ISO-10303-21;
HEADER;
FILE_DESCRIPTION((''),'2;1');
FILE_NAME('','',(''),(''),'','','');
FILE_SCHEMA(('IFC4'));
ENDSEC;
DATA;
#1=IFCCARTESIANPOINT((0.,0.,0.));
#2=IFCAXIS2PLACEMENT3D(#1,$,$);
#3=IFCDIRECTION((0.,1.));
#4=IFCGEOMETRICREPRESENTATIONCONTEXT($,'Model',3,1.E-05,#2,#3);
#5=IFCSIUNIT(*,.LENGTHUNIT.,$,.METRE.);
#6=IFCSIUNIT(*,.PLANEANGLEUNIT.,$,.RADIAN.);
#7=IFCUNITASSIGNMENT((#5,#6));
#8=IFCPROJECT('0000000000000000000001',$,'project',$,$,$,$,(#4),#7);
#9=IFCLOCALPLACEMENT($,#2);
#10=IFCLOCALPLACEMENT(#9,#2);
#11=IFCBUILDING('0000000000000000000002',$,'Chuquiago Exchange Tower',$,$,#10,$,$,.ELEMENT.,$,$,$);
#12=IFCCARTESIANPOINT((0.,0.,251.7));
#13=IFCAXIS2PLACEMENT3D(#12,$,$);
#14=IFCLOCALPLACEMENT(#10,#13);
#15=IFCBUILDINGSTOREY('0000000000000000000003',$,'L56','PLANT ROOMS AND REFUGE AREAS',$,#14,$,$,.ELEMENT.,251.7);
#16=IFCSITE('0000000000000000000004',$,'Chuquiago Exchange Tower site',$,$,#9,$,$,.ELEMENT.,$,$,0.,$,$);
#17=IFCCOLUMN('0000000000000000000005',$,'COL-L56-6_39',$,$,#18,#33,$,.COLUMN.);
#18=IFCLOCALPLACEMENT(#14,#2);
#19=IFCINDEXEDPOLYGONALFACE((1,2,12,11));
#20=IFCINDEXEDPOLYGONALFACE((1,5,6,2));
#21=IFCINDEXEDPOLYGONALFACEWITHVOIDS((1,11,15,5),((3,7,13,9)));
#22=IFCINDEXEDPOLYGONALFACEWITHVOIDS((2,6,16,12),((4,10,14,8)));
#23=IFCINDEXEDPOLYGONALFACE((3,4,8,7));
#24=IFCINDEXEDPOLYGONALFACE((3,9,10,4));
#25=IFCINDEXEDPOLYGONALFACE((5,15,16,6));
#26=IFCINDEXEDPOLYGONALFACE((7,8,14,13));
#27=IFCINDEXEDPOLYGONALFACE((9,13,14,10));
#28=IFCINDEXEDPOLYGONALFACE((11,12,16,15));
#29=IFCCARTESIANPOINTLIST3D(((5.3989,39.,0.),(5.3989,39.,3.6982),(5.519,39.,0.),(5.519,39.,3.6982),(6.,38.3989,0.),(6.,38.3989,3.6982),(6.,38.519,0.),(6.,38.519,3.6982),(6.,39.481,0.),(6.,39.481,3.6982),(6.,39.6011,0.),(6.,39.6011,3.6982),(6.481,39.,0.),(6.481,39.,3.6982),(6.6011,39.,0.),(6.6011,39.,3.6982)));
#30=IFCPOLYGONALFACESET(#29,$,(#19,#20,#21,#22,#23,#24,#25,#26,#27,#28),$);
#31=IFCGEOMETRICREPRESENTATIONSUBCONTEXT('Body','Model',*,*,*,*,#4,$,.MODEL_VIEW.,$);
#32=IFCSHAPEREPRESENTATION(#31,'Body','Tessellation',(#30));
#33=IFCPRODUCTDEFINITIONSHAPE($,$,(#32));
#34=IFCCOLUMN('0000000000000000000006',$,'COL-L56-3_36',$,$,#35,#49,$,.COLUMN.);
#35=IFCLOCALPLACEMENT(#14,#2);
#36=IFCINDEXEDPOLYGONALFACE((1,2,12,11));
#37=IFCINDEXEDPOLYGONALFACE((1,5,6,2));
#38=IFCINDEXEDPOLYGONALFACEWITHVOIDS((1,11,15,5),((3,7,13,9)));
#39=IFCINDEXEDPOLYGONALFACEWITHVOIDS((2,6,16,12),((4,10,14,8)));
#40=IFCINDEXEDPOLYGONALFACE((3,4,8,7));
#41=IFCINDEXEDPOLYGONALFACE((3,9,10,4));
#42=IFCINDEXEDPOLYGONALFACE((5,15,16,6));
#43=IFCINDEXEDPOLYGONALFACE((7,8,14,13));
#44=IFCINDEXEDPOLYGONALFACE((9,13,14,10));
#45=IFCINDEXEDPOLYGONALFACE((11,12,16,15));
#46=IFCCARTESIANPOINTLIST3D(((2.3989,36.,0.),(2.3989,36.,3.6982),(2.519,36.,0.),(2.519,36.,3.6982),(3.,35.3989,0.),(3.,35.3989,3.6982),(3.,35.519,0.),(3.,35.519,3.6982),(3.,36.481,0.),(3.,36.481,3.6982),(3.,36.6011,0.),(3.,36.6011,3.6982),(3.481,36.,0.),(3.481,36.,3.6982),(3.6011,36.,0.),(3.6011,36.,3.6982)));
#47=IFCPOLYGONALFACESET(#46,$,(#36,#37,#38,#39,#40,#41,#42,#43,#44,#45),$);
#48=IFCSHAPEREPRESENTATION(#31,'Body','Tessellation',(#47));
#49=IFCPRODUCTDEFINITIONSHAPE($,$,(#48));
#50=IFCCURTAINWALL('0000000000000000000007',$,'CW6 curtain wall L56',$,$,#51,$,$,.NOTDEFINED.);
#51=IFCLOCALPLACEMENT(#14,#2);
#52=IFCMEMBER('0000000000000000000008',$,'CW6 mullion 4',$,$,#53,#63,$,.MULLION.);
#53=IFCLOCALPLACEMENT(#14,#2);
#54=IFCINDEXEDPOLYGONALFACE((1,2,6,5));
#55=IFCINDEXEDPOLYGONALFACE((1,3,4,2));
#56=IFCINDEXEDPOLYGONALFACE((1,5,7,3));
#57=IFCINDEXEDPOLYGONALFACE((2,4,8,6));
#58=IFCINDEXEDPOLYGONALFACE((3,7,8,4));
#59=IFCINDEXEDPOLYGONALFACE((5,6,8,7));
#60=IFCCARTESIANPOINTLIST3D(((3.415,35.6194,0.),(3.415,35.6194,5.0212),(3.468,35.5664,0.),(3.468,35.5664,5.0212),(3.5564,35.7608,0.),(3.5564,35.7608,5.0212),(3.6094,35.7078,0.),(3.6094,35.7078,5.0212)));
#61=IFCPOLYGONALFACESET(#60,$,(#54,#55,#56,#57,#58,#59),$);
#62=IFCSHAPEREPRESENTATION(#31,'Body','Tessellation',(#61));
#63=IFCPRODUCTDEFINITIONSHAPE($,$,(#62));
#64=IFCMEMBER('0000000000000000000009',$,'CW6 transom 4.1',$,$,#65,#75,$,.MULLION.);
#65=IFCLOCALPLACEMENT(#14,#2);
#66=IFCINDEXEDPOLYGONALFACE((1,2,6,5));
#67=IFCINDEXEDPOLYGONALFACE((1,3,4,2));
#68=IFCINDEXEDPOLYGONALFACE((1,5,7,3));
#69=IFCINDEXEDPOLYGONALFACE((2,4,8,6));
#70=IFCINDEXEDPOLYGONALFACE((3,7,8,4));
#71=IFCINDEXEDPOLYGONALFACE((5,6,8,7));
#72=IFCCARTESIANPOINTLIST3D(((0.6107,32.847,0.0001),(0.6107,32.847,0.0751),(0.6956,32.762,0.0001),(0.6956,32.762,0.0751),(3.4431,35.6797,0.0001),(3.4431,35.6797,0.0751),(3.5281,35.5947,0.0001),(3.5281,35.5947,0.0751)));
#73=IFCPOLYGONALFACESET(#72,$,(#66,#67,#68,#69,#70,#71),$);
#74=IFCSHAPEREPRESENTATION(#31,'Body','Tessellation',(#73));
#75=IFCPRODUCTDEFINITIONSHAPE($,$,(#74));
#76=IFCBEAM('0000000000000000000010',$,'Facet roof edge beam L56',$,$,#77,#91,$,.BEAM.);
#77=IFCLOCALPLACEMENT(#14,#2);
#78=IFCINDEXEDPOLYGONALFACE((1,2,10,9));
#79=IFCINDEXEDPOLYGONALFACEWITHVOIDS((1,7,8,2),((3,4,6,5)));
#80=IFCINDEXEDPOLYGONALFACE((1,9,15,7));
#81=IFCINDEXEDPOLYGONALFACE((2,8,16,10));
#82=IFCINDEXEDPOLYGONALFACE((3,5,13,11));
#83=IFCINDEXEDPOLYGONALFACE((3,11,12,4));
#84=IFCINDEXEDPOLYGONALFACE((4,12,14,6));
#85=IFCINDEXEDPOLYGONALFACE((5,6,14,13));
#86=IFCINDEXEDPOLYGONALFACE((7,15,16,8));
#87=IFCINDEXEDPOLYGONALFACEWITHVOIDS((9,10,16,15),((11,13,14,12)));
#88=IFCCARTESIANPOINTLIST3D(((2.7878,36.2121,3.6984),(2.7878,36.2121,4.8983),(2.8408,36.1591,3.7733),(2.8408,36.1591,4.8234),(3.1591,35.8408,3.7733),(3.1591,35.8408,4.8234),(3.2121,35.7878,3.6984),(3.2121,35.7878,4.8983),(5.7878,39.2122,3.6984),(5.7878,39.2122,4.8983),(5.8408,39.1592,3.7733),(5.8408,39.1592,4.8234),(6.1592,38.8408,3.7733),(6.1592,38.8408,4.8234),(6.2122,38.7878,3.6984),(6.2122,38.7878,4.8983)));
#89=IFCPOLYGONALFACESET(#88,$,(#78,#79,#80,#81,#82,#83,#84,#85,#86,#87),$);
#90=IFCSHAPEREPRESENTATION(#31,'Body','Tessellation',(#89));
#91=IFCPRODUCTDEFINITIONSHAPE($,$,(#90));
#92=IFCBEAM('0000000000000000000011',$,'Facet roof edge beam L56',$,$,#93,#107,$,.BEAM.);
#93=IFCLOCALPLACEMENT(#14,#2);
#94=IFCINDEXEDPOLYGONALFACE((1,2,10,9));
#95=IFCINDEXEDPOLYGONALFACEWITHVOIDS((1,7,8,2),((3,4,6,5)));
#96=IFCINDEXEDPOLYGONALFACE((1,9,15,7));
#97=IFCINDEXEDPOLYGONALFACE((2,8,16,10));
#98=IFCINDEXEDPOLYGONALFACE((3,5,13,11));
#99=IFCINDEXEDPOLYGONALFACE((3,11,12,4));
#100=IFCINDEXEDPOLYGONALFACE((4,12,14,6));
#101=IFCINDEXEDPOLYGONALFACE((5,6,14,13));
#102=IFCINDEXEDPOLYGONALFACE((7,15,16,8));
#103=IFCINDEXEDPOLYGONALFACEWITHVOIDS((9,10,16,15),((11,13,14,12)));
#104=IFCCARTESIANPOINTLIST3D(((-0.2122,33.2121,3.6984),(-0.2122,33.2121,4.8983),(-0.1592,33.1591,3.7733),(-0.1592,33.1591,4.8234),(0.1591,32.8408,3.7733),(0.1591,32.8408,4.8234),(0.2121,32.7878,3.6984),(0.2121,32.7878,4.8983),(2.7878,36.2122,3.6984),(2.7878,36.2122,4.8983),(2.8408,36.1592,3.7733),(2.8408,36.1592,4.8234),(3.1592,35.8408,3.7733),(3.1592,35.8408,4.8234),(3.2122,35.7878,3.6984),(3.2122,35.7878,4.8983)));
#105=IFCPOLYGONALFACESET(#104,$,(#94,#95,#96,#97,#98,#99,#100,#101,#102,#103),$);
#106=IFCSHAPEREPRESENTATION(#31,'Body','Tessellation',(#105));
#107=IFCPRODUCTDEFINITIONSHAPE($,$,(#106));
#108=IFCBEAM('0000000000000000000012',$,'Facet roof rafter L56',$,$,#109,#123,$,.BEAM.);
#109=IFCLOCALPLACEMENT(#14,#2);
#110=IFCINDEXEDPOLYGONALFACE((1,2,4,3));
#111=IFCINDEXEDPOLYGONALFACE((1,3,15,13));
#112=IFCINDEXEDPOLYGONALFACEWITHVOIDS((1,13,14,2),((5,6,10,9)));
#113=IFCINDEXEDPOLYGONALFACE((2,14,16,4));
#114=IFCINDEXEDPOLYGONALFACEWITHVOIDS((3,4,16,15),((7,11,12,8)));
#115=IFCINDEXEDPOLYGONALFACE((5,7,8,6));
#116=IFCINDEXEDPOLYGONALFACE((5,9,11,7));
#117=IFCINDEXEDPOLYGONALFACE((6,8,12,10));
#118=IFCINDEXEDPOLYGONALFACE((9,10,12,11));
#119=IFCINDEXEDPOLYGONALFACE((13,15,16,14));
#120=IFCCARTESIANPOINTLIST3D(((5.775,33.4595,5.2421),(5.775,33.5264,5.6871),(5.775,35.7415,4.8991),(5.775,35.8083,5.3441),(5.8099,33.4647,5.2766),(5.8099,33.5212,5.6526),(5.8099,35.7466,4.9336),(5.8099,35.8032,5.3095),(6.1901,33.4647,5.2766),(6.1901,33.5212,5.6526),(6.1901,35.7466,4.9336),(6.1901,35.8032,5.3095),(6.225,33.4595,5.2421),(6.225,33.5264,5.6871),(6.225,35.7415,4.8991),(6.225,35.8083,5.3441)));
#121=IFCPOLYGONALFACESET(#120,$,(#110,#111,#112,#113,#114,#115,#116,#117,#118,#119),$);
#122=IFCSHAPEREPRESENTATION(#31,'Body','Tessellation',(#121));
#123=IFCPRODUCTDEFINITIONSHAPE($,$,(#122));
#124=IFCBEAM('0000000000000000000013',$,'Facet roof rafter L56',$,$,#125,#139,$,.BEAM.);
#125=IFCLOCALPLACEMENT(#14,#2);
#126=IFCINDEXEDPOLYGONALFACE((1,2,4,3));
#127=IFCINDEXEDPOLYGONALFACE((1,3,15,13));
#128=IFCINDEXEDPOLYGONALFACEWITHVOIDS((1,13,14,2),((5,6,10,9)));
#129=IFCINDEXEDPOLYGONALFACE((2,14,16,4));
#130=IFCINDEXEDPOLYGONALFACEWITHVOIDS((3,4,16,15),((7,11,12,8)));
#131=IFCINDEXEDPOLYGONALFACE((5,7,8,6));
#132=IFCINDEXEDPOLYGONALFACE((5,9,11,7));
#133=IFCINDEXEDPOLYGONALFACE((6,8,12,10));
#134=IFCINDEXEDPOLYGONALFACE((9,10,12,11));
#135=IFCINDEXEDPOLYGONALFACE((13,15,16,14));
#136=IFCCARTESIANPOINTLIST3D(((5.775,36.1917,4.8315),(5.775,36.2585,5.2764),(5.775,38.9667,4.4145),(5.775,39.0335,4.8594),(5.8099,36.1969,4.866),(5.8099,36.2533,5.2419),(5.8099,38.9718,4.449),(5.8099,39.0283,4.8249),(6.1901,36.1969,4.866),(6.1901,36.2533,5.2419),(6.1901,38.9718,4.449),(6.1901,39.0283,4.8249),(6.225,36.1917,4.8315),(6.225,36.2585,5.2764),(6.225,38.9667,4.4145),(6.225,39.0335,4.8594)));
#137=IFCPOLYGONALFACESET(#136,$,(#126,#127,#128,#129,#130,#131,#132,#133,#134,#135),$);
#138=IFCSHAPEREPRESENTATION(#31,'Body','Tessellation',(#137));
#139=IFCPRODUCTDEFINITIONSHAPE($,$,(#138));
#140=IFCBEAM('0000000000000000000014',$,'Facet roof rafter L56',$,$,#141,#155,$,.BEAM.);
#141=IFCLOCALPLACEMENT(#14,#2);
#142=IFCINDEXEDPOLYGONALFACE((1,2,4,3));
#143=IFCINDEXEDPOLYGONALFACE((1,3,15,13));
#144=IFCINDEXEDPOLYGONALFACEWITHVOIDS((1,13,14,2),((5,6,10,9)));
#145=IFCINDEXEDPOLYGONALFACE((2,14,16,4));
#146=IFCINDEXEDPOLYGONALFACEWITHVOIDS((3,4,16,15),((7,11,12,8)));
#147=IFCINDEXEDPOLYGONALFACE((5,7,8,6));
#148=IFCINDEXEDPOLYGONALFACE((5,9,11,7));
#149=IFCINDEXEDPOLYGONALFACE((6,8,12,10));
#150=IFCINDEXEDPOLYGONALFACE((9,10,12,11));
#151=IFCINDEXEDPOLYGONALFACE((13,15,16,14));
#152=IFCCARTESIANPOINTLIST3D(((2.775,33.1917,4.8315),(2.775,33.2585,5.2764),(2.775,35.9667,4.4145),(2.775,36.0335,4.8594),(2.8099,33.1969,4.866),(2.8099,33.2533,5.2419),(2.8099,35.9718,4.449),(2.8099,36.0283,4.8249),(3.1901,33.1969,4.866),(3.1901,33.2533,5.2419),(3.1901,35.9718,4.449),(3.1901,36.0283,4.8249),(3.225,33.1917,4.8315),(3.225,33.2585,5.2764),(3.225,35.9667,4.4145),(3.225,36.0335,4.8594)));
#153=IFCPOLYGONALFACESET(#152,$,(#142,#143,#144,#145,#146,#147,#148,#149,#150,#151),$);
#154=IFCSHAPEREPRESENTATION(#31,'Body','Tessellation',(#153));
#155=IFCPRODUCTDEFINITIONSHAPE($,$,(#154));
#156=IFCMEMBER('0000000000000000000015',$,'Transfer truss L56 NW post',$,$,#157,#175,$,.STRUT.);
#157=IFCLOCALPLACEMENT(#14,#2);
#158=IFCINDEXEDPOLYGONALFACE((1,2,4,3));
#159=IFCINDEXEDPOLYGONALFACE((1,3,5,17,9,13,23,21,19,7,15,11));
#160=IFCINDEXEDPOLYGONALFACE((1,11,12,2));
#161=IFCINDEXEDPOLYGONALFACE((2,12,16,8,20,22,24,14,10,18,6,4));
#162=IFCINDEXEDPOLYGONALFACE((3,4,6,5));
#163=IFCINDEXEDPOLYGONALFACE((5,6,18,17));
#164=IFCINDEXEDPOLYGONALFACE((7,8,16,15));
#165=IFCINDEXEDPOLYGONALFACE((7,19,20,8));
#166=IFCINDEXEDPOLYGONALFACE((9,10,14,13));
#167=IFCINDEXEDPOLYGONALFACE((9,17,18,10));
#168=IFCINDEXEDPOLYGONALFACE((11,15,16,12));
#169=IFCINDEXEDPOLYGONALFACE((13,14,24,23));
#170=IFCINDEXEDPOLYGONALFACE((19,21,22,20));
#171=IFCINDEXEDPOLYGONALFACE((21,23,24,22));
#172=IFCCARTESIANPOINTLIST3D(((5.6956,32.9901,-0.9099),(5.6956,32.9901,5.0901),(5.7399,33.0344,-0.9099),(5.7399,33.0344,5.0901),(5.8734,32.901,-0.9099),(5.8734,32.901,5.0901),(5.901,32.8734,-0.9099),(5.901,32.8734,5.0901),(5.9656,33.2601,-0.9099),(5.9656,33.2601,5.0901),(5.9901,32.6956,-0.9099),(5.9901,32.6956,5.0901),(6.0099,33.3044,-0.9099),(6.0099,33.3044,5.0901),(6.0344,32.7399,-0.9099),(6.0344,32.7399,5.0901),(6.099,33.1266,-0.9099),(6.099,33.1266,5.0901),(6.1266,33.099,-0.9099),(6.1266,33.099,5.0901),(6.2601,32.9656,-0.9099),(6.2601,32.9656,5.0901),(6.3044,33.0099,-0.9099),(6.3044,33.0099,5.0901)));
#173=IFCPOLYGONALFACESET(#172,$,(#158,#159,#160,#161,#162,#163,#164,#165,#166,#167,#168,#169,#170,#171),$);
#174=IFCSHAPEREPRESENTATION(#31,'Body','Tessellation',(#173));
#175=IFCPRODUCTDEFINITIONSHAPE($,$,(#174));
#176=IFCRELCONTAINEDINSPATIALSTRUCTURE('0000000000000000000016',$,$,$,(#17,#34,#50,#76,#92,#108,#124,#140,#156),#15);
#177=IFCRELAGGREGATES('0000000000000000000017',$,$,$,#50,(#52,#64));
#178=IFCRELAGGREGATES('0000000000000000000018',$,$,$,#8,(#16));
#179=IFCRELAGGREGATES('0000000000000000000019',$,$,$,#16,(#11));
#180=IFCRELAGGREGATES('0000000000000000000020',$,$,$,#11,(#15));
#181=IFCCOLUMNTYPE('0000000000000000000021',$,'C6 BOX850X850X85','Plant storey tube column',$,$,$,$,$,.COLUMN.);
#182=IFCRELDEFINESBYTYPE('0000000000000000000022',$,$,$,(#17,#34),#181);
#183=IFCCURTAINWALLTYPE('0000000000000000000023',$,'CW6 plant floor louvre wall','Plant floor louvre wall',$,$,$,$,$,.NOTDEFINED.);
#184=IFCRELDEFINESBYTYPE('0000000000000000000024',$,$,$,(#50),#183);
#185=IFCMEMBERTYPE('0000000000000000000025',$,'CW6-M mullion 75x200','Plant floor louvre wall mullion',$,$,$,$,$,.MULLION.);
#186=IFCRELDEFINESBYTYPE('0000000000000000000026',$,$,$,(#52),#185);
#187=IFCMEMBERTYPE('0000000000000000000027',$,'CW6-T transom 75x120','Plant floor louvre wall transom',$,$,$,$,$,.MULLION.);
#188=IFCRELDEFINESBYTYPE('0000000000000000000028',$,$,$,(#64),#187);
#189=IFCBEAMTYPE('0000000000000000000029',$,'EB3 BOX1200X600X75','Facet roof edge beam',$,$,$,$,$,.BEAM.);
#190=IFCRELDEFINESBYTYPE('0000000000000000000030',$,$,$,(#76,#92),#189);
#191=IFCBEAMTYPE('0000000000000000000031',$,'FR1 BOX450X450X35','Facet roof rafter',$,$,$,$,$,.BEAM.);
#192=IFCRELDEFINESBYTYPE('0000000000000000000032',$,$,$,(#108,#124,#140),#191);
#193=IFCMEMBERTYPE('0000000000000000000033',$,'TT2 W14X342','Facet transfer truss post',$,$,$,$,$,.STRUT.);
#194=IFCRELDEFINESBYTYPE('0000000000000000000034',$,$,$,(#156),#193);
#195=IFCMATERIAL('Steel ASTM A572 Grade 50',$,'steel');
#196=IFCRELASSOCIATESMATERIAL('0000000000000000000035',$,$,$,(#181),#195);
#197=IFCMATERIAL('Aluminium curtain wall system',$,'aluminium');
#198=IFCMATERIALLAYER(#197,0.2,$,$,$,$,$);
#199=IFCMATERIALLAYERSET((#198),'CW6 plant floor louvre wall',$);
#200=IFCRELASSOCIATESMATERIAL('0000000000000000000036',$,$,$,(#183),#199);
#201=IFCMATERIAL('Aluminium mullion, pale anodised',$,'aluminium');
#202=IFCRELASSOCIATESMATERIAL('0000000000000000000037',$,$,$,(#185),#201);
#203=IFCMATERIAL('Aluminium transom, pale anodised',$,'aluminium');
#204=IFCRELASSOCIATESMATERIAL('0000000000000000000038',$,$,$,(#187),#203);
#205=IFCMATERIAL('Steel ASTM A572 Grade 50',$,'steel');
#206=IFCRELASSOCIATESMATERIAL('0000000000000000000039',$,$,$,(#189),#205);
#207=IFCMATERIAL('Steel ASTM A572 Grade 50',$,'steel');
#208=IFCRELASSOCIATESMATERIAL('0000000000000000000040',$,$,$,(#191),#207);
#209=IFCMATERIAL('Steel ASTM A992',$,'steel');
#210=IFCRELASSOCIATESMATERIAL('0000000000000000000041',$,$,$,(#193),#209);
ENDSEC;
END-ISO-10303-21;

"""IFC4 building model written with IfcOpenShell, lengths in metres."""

from ifc_helpers import new_model, si_unit, direction, frame, origin, origin_2d, place, context, subcontext, project, spatial, rectangle, hollow_rectangle, i_section, extrude, material, layer, layer_set, material_profile, profile_set, type_object, element, aggregate, save


model = new_model("IFC4")

# Units and contexts
model_context = context("Model", 3, precision=1e-05, world=origin(), true_north=direction((0.0, 1.0)))
body_context = subcontext(model_context, "Body", "Model", "MODEL_VIEW")
ifc_project = project(units=[si_unit("LENGTHUNIT", "METRE"), si_unit("PLANEANGLEUNIT", "RADIAN")], contexts=[model_context])

# Site, building, storey
site_placement = place(None, origin())
site = spatial("IfcSite", under=ifc_project, at=site_placement, Name="Chuquiago Exchange Tower site", CompositionType="ELEMENT", RefElevation=0.0)
building_placement = place(site_placement, origin())
building = spatial("IfcBuilding", under=site, at=building_placement, Name="Chuquiago Exchange Tower", CompositionType="ELEMENT")
storey_placement = place(building_placement, frame((0.0, 0.0, 251.7)))
storey = spatial("IfcBuildingStorey", under=building, at=storey_placement, Name="L56", Description="PLANT ROOMS AND REFUGE AREAS", CompositionType="ELEMENT", Elevation=251.7)

# Columns
ifc_material_1 = material(Name="Steel ASTM A572 Grade 50", Category="steel")
ifc_material_profile_1 = material_profile(ifc_material_1, hollow_rectangle(XDim=0.8501, YDim=0.8501, WallThickness=0.085, at=origin_2d()), Name="BOX850X850X85")
ifc_profile_set_1 = profile_set([ifc_material_profile_1], Name="Steel ASTM A572 Grade 50")
column_type = type_object("IfcColumnType", Name="C6 BOX850X850X85", Description="Plant storey tube column", PredefinedType="COLUMN", material=ifc_profile_set_1)
for number, where, z_axis, x_axis, name in (
    (1, (6.0, 39.0, 0.0), (0.0, 0.0, 1.0), (-0.707107, 0.707107, 0.0), "COL-L56-6_39"),
    (2, (3.0, 36.0, 0.0), (0.0, 0.0, 1.0), (-0.707107, 0.707107, 0.0), "COL-L56-3_36"),
):
    element("IfcColumn", number, at=place(storey_placement, frame(where, z_axis=z_axis, x_axis=x_axis)), inside=storey, type_object=column_type, Name=name, PredefinedType="COLUMN", context=body_context, shape_type="SweptSolid", body=[
        extrude(hollow_rectangle(XDim=0.8501, YDim=0.8501, WallThickness=0.085, at=origin_2d()), origin(), (0.0, 0.0, 1.0), 3.6982),
    ])

# Curtain wall, members
ifc_material_2 = material(Name="Aluminium curtain wall system", Category="aluminium")
ifc_layer_1 = layer(ifc_material_2, 0.2)
ifc_layer_set_1 = layer_set([ifc_layer_1], Name="CW6 plant floor louvre wall")
curtain_wall_type = type_object("IfcCurtainWallType", Name="CW6 plant floor louvre wall", Description="Plant floor louvre wall", PredefinedType="NOTDEFINED", material=ifc_layer_set_1)
curtain_wall_placement = place(storey_placement, origin())
curtain_wall = element("IfcCurtainWall", 3, at=curtain_wall_placement, inside=storey, type_object=curtain_wall_type, Name="CW6 curtain wall L56", PredefinedType="NOTDEFINED")
ifc_material_3 = material(Name="Aluminium mullion, pale anodised", Category="aluminium")
ifc_material_profile_2 = material_profile(ifc_material_3, rectangle(XDim=0.075, YDim=0.2, at=origin_2d()), Name="AL 75x200")
ifc_profile_set_2 = profile_set([ifc_material_profile_2], Name="Aluminium mullion, pale anodised")
member_type_1 = type_object("IfcMemberType", Name="CW6-M mullion 75x200", Description="Plant floor louvre wall mullion", PredefinedType="MULLION", material=ifc_profile_set_2)
member_1_placement = place(storey_placement, frame((3.5122, 35.6636, 0.0), z_axis=(0.0, 0.0, 1.0), x_axis=(0.707107, -0.707107, 0.0)))
member_1 = element("IfcMember", 4, at=member_1_placement, type_object=member_type_1, Name="CW6 mullion 4", PredefinedType="MULLION", context=body_context, shape_type="SweptSolid", body=[
    extrude(rectangle(XDim=0.075, YDim=0.2, at=origin_2d()), origin(), (0.0, 0.0, 1.0), 5.0212),
])
ifc_material_4 = material(Name="Aluminium transom, pale anodised", Category="aluminium")
ifc_material_profile_3 = material_profile(ifc_material_4, rectangle(XDim=0.1201, YDim=0.075, at=origin_2d()), Name="AL 120x75")
ifc_profile_set_3 = profile_set([ifc_material_profile_3], Name="Aluminium transom, pale anodised")
member_type_2 = type_object("IfcMemberType", Name="CW6-T transom 75x120", Description="Plant floor louvre wall transom", PredefinedType="MULLION", material=ifc_profile_set_3)
member_2_placement = place(storey_placement, frame((3.4856, 35.6372, 0.0376), z_axis=(-0.707076, -0.707137, 0.0), x_axis=(0.707137, -0.707076, 0.0)))
member_2 = element("IfcMember", 5, at=member_2_placement, type_object=member_type_2, Name="CW6 transom 4.1", PredefinedType="MULLION", context=body_context, shape_type="SweptSolid", body=[
    extrude(rectangle(XDim=0.1201, YDim=0.075, at=origin_2d()), origin(), (0.0, 0.0, 1.0), 4.0059),
])

# Beams
ifc_material_5 = material(Name="Steel ASTM A572 Grade 50", Category="steel")
ifc_material_profile_4 = material_profile(ifc_material_5, hollow_rectangle(XDim=0.6001, YDim=1.2, WallThickness=0.075, at=origin_2d()), Name="BOX1200X600X75")
ifc_profile_set_4 = profile_set([ifc_material_profile_4], Name="Steel ASTM A572 Grade 50")
beam_type_1 = type_object("IfcBeamType", Name="EB3 BOX1200X600X75", Description="Facet roof edge beam", PredefinedType="BEAM", material=ifc_profile_set_4)
for number, where, z_axis, x_axis, name in (
    (6, (6.0, 39.0, 4.2983), (-0.707107, -0.707107, 0.0), (0.707107, -0.707107, 0.0), "Facet roof edge beam L56"),
    (7, (3.0, 36.0, 4.2983), (-0.707107, -0.707107, 0.0), (0.707107, -0.707107, 0.0), "Facet roof edge beam L56"),
):
    element("IfcBeam", number, at=place(storey_placement, frame(where, z_axis=z_axis, x_axis=x_axis)), inside=storey, type_object=beam_type_1, Name=name, PredefinedType="BEAM", context=body_context, shape_type="SweptSolid", body=[
        extrude(hollow_rectangle(XDim=0.6001, YDim=1.2, WallThickness=0.075, at=origin_2d()), origin(), (0.0, 0.0, 1.0), 4.2427),
    ])
ifc_material_6 = material(Name="Steel ASTM A572 Grade 50", Category="steel")
ifc_material_profile_5 = material_profile(ifc_material_6, hollow_rectangle(XDim=0.45, YDim=0.45, WallThickness=0.0349, at=origin_2d()), Name="BOX450X450X35")
ifc_profile_set_5 = profile_set([ifc_material_profile_5], Name="Steel ASTM A572 Grade 50")
beam_type_2 = type_object("IfcBeamType", Name="FR1 BOX450X450X35", Description="Facet roof rafter", PredefinedType="BEAM", material=ifc_profile_set_5)
beam_placement = place(storey_placement, frame((6.0, 33.4929, 5.4646), z_axis=(0.0, 0.988891, -0.148646), x_axis=(-1.0, 0.0, 0.0)))
element("IfcBeam", 8, at=beam_placement, inside=storey, type_object=beam_type_2, Name="Facet roof rafter L56", PredefinedType="BEAM", context=body_context, shape_type="SweptSolid", body=[
    extrude(hollow_rectangle(XDim=0.45, YDim=0.45, WallThickness=0.0349, at=origin_2d()), origin(), (0.0, 0.0, 1.0), 2.3076),
])
for number, where, z_axis, x_axis, name in (
    (9, (6.0, 36.2251, 5.054), (0.0, 0.988897, -0.148604), (-1.0, 0.0, 0.0), "Facet roof rafter L56"),
    (10, (3.0, 33.2251, 5.054), (0.0, 0.988897, -0.148604), (-1.0, 0.0, 0.0), "Facet roof rafter L56"),
):
    element("IfcBeam", number, at=place(storey_placement, frame(where, z_axis=z_axis, x_axis=x_axis)), inside=storey, type_object=beam_type_2, Name=name, PredefinedType="BEAM", context=body_context, shape_type="SweptSolid", body=[
        extrude(hollow_rectangle(XDim=0.45, YDim=0.45, WallThickness=0.0349, at=origin_2d()), origin(), (0.0, 0.0, 1.0), 2.8062),
    ])

# Member
ifc_material_7 = material(Name="Steel ASTM A992", Category="steel")
ifc_material_profile_6 = material_profile(ifc_material_7, i_section(OverallWidth=0.4165, OverallDepth=0.4446, WebThickness=0.0391, FlangeThickness=0.0627, at=origin_2d()), Name="W14X342")
ifc_profile_set_6 = profile_set([ifc_material_profile_6], Name="Steel ASTM A992")
member_type_3 = type_object("IfcMemberType", Name="TT2 W14X342", Description="Facet transfer truss post", PredefinedType="STRUT", material=ifc_profile_set_6)
member_3_placement = place(storey_placement, frame((6.0, 33.0, -0.9099), z_axis=(0.0, 0.0, 1.0), x_axis=(-0.707107, 0.707107, 0.0)))
element("IfcMember", 11, at=member_3_placement, inside=storey, type_object=member_type_3, Name="Transfer truss L56 NW post", PredefinedType="STRUT", context=body_context, shape_type="SweptSolid", body=[
    extrude(i_section(OverallWidth=0.4165, OverallDepth=0.4446, WebThickness=0.0391, FlangeThickness=0.0627, at=origin_2d()), origin(), (0.0, 0.0, 1.0), 6.0),
])

aggregate(curtain_wall, [member_1, member_2])

save(model, "model.ifc")
